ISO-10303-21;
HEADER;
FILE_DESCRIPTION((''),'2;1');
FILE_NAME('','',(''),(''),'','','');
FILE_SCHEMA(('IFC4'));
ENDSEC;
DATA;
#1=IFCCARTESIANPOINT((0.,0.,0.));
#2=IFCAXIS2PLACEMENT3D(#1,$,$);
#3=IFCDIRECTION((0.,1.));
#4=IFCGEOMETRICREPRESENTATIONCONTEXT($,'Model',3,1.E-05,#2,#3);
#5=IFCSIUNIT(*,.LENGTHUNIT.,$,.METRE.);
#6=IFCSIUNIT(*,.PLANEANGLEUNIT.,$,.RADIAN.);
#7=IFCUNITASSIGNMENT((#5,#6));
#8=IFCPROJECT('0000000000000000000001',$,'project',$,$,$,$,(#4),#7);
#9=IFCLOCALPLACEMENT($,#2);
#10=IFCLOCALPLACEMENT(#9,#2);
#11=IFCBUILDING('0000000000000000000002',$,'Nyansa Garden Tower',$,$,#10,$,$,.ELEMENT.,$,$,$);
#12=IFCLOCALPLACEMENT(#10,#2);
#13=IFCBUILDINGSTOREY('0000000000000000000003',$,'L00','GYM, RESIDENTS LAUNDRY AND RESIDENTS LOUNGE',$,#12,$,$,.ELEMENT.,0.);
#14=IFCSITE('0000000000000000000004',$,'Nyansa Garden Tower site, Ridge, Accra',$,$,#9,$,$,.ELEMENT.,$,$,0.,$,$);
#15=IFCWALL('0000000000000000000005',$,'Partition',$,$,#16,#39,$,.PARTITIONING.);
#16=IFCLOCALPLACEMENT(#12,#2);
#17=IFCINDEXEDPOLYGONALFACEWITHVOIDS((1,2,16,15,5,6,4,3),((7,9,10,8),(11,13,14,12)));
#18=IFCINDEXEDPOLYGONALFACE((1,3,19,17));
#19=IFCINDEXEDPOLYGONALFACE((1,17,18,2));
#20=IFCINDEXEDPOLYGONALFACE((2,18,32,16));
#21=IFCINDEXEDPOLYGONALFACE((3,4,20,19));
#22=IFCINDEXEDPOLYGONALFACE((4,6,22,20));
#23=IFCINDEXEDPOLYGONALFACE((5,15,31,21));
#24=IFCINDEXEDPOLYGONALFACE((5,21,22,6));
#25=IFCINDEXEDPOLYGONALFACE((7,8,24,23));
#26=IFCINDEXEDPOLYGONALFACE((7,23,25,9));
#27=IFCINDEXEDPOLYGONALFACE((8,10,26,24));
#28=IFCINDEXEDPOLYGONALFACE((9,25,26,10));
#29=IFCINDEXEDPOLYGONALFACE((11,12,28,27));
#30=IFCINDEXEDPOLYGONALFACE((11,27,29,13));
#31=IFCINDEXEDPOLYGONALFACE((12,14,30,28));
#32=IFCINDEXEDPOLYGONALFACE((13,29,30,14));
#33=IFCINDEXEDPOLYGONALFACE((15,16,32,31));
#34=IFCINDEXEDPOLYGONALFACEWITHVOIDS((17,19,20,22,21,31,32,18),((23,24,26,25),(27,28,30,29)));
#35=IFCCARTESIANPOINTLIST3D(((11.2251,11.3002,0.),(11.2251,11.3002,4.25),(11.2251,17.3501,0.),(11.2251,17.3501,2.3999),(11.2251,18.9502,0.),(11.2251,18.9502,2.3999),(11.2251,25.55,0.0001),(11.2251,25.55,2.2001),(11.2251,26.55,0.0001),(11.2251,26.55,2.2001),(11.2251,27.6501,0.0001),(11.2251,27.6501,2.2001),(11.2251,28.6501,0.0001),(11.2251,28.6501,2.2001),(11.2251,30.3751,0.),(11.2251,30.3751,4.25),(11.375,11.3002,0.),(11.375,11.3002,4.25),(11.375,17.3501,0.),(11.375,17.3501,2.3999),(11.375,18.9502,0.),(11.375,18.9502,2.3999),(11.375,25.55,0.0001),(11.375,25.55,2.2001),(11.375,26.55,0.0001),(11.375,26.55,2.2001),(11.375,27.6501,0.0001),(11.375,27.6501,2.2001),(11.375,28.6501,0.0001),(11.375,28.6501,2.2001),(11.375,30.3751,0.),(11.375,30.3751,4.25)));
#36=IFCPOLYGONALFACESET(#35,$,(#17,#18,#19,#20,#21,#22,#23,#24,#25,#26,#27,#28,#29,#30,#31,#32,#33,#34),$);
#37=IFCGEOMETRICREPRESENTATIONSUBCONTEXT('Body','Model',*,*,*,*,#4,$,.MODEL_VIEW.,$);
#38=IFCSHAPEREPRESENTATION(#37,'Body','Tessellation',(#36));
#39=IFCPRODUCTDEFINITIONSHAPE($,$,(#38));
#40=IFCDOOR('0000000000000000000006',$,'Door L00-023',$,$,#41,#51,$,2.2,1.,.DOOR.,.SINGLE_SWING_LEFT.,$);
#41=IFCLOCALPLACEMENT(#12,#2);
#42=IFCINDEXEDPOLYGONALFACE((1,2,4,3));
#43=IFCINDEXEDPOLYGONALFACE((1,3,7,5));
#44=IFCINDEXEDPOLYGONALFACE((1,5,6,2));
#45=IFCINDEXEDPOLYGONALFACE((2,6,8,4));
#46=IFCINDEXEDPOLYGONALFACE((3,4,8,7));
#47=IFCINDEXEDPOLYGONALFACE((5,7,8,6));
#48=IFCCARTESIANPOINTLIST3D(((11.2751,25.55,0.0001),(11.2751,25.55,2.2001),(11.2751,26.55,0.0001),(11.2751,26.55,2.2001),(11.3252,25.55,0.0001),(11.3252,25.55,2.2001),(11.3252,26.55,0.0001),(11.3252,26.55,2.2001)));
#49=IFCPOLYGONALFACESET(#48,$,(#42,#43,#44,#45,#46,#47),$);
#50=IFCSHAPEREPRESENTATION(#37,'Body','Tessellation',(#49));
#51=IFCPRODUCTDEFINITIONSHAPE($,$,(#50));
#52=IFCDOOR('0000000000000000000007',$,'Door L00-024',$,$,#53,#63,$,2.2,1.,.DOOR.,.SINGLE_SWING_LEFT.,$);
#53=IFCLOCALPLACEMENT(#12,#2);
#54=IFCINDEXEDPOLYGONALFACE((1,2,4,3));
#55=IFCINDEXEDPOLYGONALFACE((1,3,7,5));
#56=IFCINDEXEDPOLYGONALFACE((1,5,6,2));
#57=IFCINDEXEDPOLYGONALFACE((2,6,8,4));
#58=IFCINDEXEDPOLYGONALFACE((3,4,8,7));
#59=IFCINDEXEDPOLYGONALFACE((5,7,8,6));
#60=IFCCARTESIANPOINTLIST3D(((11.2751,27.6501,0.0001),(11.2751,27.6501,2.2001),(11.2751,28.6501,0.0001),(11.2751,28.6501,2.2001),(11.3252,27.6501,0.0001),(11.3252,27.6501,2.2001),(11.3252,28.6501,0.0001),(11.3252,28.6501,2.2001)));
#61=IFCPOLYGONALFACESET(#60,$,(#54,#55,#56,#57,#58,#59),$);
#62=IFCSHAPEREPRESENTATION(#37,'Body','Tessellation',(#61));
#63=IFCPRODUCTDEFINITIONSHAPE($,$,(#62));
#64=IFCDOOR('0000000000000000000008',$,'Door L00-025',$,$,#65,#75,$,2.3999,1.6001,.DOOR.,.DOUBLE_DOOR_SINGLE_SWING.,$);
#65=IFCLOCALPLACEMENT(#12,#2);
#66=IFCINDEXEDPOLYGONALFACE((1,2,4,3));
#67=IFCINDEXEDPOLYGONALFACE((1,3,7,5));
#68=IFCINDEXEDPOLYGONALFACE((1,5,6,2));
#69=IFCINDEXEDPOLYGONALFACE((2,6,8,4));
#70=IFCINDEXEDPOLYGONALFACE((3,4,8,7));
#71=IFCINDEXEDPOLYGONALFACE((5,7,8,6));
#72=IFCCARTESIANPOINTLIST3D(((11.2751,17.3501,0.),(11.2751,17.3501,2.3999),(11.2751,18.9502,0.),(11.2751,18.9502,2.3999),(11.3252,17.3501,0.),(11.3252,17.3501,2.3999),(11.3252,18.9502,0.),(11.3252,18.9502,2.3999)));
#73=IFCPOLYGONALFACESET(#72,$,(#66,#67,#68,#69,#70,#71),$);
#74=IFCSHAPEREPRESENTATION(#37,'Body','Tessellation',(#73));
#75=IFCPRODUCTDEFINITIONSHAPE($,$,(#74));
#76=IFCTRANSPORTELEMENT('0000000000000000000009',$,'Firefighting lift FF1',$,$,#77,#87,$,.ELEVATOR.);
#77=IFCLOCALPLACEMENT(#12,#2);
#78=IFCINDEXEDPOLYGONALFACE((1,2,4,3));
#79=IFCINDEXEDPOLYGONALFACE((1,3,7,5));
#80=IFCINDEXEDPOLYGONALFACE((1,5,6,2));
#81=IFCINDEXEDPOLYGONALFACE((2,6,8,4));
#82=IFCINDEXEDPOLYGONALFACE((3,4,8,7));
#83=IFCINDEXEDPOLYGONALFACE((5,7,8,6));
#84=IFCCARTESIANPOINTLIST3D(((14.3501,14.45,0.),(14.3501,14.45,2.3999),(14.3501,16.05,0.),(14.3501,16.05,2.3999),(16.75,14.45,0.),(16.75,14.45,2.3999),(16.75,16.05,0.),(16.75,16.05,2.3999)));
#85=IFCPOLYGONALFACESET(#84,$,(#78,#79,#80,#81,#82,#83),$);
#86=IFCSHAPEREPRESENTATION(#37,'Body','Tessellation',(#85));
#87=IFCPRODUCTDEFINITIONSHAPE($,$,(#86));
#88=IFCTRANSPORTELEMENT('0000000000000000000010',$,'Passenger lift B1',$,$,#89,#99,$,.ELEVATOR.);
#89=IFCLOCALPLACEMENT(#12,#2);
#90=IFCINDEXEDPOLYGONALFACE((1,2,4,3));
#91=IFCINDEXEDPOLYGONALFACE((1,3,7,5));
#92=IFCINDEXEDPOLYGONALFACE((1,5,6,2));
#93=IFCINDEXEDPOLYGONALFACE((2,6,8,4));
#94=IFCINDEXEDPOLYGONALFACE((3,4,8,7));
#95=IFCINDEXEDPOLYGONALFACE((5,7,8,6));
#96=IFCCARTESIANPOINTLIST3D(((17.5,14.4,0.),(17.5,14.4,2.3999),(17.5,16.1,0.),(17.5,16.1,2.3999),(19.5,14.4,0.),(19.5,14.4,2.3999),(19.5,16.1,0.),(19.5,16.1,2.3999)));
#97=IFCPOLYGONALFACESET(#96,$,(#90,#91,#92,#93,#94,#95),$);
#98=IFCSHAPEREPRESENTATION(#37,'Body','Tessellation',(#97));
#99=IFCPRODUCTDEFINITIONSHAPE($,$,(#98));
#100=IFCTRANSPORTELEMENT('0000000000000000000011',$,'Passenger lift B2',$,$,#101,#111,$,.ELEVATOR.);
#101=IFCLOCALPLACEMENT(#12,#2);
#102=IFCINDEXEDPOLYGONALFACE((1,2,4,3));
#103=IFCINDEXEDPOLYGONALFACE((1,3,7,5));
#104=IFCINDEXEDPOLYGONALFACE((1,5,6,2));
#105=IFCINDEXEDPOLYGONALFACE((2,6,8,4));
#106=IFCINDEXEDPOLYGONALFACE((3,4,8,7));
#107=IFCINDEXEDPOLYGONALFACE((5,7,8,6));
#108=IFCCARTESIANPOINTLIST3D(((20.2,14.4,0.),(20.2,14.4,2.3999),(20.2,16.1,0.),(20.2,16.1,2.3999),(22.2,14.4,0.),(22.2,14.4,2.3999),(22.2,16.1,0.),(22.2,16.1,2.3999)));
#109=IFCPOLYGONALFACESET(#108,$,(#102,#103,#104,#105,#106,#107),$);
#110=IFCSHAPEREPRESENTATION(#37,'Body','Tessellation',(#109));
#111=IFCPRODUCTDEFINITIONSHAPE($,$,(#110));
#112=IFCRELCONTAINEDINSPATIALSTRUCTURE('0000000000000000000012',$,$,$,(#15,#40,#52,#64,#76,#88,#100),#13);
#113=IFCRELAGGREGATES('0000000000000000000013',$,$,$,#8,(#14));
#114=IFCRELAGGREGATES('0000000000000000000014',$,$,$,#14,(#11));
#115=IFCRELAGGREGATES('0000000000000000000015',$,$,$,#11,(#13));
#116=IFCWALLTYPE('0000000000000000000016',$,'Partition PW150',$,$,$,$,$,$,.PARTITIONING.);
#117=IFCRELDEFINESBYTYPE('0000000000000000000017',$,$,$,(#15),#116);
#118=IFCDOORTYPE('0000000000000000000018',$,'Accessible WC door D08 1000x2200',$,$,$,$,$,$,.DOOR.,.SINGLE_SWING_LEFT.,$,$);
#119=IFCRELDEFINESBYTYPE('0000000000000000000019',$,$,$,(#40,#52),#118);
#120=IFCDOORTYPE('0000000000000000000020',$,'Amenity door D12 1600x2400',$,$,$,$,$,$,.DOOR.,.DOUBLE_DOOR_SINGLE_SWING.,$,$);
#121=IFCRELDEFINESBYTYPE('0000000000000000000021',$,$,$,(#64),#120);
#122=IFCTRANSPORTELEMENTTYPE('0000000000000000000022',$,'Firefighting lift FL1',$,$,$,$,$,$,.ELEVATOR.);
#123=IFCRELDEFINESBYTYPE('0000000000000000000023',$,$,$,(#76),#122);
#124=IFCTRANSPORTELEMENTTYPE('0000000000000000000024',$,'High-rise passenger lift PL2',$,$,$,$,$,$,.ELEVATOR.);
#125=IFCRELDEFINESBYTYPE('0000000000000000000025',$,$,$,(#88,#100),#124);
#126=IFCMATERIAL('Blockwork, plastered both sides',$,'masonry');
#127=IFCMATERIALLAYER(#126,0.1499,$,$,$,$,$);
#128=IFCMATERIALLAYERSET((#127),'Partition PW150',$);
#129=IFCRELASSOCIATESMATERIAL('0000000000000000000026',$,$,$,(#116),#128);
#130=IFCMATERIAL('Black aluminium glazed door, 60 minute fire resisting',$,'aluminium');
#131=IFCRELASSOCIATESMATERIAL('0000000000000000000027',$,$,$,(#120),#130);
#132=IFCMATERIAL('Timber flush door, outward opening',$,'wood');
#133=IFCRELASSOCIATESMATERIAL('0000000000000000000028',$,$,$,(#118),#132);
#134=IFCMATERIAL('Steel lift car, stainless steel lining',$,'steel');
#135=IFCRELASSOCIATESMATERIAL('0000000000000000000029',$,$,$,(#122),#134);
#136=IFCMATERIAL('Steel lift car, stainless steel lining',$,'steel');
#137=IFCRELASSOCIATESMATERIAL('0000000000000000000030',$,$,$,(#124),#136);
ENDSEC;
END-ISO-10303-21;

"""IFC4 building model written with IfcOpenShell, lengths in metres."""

from ifc_helpers import new_model, si_unit, direction, frame, frame_2d, origin, origin_2d, place, context, subcontext, project, spatial, rectangle, extrude, material, layer, layer_set, type_object, element, fill, save


model = new_model("IFC4")

# Units and contexts
model_context = context("Model", 3, precision=1e-05, world=origin(), true_north=direction((0.0, 1.0)))
body_context = subcontext(model_context, "Body", "Model", "MODEL_VIEW")
ifc_project = project(units=[si_unit("LENGTHUNIT", "METRE"), si_unit("PLANEANGLEUNIT", "RADIAN")], contexts=[model_context])

# Site, building, storey
site_placement = place(None, origin())
site = spatial("IfcSite", under=ifc_project, at=site_placement, Name="Nyansa Garden Tower site, Ridge, Accra", CompositionType="ELEMENT", RefElevation=0.0)
building_placement = place(site_placement, origin())
building = spatial("IfcBuilding", under=site, at=building_placement, Name="Nyansa Garden Tower", CompositionType="ELEMENT")
storey_placement = place(building_placement, origin())
storey = spatial("IfcBuildingStorey", under=building, at=storey_placement, Name="L00", Description="GYM, RESIDENTS LAUNDRY AND RESIDENTS LOUNGE", CompositionType="ELEMENT", Elevation=0.0)

# Shared definitions
ifc_material_1 = material(Name="Blockwork, plastered both sides", Category="masonry")
ifc_layer_1 = layer(ifc_material_1, 0.1499)
ifc_layer_set_1 = layer_set([ifc_layer_1], Name="Partition PW150")
wall_type_1 = type_object("IfcWallType", Name="Partition PW150", PredefinedType="PARTITIONING", material=ifc_layer_set_1)

# Shared definitions
ifc_material_2 = material(Name="Black aluminium glazed door, 60 minute fire resisting", Category="aluminium")
door_type_1 = type_object("IfcDoorType", Name="Amenity door D12 1600x2400", OperationType="DOUBLE_DOOR_SINGLE_SWING", PredefinedType="DOOR", material=ifc_material_2)

# Wall, openings, doors
wall_1_placement = place(storey_placement, frame((11.3, 11.3, 0.0), z_axis=(0.0, 0.0, 1.0), x_axis=(0.0, 1.0, 0.0)))
wall_1 = element("IfcWall", 1, at=wall_1_placement, inside=storey, type_object=wall_type_1, Name="Partition", PredefinedType="PARTITIONING", context=body_context, shape_type="SweptSolid", body=[
    extrude(rectangle(XDim=19.075, YDim=0.1499, at=frame_2d((9.5376, 0.0))), origin(), (0.0, 0.0, 1.0), 4.25),
])
opening_1_placement = place(wall_1_placement, frame((14.25, 0.0, 0.0)))
opening_1 = element("IfcOpeningElement", 2, at=opening_1_placement, cuts=wall_1, PredefinedType="OPENING", context=body_context, shape_type="SweptSolid", body=[
    extrude(rectangle(XDim=1.0, YDim=2.2, at=frame_2d((0.5, 1.1001))), frame((0.0, 0.085, 0.0), z_axis=(0.0, -1.0, 0.0), x_axis=(1.0, 0.0, 0.0)), (0.0, 0.0, 1.0), 0.1699),
])
opening_2_placement = place(wall_1_placement, frame((16.3501, 0.0, 0.0)))
opening_2 = element("IfcOpeningElement", 3, at=opening_2_placement, cuts=wall_1, PredefinedType="OPENING", context=body_context, shape_type="SweptSolid", body=[
    extrude(rectangle(XDim=1.0, YDim=2.2, at=frame_2d((0.5, 1.1001))), frame((0.0, 0.085, 0.0), z_axis=(0.0, -1.0, 0.0), x_axis=(1.0, 0.0, 0.0)), (0.0, 0.0, 1.0), 0.1699),
])
opening_3_placement = place(wall_1_placement, frame((6.05, 0.0, 0.0)))
opening_3 = element("IfcOpeningElement", 4, at=opening_3_placement, cuts=wall_1, PredefinedType="OPENING", context=body_context, shape_type="SweptSolid", body=[
    extrude(rectangle(XDim=1.6001, YDim=2.3999, at=frame_2d((0.8, 1.2))), frame((0.0, 0.085, 0.0), z_axis=(0.0, -1.0, 0.0), x_axis=(1.0, 0.0, 0.0)), (0.0, 0.0, 1.0), 0.1699),
])
ifc_material_3 = material(Name="Timber flush door, outward opening", Category="wood")
door_type_2 = type_object("IfcDoorType", Name="Accessible WC door D08 1000x2200", OperationType="SINGLE_SWING_LEFT", PredefinedType="DOOR", material=ifc_material_3)
door_1_placement = place(opening_1_placement, origin())
door_1 = element("IfcDoor", 5, at=door_1_placement, inside=storey, type_object=door_type_2, Name="Door L00-023", OperationType="SINGLE_SWING_LEFT", OverallHeight=2.2, OverallWidth=1.0, PredefinedType="DOOR", context=body_context, shape_type="SweptSolid", body=[
    extrude(rectangle(XDim=1.0, YDim=2.2, at=frame_2d((0.5, 1.1001))), frame((0.0, 0.0249, 0.0), z_axis=(0.0, -1.0, 0.0), x_axis=(1.0, 0.0, 0.0)), (0.0, 0.0, 1.0), 0.05),
])
fill(opening_1, door_1)
door_2_placement = place(opening_2_placement, origin())
door_2 = element("IfcDoor", 6, at=door_2_placement, inside=storey, type_object=door_type_2, Name="Door L00-024", OperationType="SINGLE_SWING_LEFT", OverallHeight=2.2, OverallWidth=1.0, PredefinedType="DOOR", context=body_context, shape_type="SweptSolid", body=[
    extrude(rectangle(XDim=1.0, YDim=2.2, at=frame_2d((0.5, 1.1001))), frame((0.0, 0.0249, 0.0), z_axis=(0.0, -1.0, 0.0), x_axis=(1.0, 0.0, 0.0)), (0.0, 0.0, 1.0), 0.05),
])
fill(opening_2, door_2)
door_3_placement = place(opening_3_placement, origin())
door_3 = element("IfcDoor", 7, at=door_3_placement, inside=storey, type_object=door_type_1, Name="Door L00-025", OperationType="DOUBLE_DOOR_SINGLE_SWING", OverallHeight=2.3999, OverallWidth=1.6001, PredefinedType="DOOR", context=body_context, shape_type="SweptSolid", body=[
    extrude(rectangle(XDim=1.6001, YDim=2.3999, at=frame_2d((0.8, 1.2))), frame((0.0, 0.0249, 0.0), z_axis=(0.0, -1.0, 0.0), x_axis=(1.0, 0.0, 0.0)), (0.0, 0.0, 1.0), 0.05),
])
fill(opening_3, door_3)

# Transport elements
ifc_material_4 = material(Name="Steel lift car, stainless steel lining", Category="steel")
transport_element_type_1 = type_object("IfcTransportElementType", Name="Firefighting lift FL1", PredefinedType="ELEVATOR", material=ifc_material_4)
transport_element_placement = place(storey_placement, frame((15.55, 15.25, 0.0), z_axis=(0.0, 0.0, 1.0), x_axis=(1.0, 0.0, 0.0)))
element("IfcTransportElement", 8, at=transport_element_placement, inside=storey, type_object=transport_element_type_1, Name="Firefighting lift FF1", PredefinedType="ELEVATOR", context=body_context, shape_type="SweptSolid", body=[
    extrude(rectangle(XDim=2.3999, YDim=1.6001, at=origin_2d()), origin(), (0.0, 0.0, 1.0), 2.3999),
])
ifc_material_5 = material(Name="Steel lift car, stainless steel lining", Category="steel")
transport_element_type_2 = type_object("IfcTransportElementType", Name="High-rise passenger lift PL2", PredefinedType="ELEVATOR", material=ifc_material_5)
for number, where, z_axis, x_axis, name in (
    (9, (18.5, 15.25, 0.0), (0.0, 0.0, 1.0), (1.0, 0.0, 0.0), "Passenger lift B1"),
    (10, (21.2, 15.25, 0.0), (0.0, 0.0, 1.0), (1.0, 0.0, 0.0), "Passenger lift B2"),
):
    element("IfcTransportElement", number, at=place(storey_placement, frame(where, z_axis=z_axis, x_axis=x_axis)), inside=storey, type_object=transport_element_type_2, Name=name, PredefinedType="ELEVATOR", context=body_context, shape_type="SweptSolid", body=[
        extrude(rectangle(XDim=2.0, YDim=1.7, at=origin_2d()), origin(), (0.0, 0.0, 1.0), 2.3999),
    ])

save(model, "model.ifc")
